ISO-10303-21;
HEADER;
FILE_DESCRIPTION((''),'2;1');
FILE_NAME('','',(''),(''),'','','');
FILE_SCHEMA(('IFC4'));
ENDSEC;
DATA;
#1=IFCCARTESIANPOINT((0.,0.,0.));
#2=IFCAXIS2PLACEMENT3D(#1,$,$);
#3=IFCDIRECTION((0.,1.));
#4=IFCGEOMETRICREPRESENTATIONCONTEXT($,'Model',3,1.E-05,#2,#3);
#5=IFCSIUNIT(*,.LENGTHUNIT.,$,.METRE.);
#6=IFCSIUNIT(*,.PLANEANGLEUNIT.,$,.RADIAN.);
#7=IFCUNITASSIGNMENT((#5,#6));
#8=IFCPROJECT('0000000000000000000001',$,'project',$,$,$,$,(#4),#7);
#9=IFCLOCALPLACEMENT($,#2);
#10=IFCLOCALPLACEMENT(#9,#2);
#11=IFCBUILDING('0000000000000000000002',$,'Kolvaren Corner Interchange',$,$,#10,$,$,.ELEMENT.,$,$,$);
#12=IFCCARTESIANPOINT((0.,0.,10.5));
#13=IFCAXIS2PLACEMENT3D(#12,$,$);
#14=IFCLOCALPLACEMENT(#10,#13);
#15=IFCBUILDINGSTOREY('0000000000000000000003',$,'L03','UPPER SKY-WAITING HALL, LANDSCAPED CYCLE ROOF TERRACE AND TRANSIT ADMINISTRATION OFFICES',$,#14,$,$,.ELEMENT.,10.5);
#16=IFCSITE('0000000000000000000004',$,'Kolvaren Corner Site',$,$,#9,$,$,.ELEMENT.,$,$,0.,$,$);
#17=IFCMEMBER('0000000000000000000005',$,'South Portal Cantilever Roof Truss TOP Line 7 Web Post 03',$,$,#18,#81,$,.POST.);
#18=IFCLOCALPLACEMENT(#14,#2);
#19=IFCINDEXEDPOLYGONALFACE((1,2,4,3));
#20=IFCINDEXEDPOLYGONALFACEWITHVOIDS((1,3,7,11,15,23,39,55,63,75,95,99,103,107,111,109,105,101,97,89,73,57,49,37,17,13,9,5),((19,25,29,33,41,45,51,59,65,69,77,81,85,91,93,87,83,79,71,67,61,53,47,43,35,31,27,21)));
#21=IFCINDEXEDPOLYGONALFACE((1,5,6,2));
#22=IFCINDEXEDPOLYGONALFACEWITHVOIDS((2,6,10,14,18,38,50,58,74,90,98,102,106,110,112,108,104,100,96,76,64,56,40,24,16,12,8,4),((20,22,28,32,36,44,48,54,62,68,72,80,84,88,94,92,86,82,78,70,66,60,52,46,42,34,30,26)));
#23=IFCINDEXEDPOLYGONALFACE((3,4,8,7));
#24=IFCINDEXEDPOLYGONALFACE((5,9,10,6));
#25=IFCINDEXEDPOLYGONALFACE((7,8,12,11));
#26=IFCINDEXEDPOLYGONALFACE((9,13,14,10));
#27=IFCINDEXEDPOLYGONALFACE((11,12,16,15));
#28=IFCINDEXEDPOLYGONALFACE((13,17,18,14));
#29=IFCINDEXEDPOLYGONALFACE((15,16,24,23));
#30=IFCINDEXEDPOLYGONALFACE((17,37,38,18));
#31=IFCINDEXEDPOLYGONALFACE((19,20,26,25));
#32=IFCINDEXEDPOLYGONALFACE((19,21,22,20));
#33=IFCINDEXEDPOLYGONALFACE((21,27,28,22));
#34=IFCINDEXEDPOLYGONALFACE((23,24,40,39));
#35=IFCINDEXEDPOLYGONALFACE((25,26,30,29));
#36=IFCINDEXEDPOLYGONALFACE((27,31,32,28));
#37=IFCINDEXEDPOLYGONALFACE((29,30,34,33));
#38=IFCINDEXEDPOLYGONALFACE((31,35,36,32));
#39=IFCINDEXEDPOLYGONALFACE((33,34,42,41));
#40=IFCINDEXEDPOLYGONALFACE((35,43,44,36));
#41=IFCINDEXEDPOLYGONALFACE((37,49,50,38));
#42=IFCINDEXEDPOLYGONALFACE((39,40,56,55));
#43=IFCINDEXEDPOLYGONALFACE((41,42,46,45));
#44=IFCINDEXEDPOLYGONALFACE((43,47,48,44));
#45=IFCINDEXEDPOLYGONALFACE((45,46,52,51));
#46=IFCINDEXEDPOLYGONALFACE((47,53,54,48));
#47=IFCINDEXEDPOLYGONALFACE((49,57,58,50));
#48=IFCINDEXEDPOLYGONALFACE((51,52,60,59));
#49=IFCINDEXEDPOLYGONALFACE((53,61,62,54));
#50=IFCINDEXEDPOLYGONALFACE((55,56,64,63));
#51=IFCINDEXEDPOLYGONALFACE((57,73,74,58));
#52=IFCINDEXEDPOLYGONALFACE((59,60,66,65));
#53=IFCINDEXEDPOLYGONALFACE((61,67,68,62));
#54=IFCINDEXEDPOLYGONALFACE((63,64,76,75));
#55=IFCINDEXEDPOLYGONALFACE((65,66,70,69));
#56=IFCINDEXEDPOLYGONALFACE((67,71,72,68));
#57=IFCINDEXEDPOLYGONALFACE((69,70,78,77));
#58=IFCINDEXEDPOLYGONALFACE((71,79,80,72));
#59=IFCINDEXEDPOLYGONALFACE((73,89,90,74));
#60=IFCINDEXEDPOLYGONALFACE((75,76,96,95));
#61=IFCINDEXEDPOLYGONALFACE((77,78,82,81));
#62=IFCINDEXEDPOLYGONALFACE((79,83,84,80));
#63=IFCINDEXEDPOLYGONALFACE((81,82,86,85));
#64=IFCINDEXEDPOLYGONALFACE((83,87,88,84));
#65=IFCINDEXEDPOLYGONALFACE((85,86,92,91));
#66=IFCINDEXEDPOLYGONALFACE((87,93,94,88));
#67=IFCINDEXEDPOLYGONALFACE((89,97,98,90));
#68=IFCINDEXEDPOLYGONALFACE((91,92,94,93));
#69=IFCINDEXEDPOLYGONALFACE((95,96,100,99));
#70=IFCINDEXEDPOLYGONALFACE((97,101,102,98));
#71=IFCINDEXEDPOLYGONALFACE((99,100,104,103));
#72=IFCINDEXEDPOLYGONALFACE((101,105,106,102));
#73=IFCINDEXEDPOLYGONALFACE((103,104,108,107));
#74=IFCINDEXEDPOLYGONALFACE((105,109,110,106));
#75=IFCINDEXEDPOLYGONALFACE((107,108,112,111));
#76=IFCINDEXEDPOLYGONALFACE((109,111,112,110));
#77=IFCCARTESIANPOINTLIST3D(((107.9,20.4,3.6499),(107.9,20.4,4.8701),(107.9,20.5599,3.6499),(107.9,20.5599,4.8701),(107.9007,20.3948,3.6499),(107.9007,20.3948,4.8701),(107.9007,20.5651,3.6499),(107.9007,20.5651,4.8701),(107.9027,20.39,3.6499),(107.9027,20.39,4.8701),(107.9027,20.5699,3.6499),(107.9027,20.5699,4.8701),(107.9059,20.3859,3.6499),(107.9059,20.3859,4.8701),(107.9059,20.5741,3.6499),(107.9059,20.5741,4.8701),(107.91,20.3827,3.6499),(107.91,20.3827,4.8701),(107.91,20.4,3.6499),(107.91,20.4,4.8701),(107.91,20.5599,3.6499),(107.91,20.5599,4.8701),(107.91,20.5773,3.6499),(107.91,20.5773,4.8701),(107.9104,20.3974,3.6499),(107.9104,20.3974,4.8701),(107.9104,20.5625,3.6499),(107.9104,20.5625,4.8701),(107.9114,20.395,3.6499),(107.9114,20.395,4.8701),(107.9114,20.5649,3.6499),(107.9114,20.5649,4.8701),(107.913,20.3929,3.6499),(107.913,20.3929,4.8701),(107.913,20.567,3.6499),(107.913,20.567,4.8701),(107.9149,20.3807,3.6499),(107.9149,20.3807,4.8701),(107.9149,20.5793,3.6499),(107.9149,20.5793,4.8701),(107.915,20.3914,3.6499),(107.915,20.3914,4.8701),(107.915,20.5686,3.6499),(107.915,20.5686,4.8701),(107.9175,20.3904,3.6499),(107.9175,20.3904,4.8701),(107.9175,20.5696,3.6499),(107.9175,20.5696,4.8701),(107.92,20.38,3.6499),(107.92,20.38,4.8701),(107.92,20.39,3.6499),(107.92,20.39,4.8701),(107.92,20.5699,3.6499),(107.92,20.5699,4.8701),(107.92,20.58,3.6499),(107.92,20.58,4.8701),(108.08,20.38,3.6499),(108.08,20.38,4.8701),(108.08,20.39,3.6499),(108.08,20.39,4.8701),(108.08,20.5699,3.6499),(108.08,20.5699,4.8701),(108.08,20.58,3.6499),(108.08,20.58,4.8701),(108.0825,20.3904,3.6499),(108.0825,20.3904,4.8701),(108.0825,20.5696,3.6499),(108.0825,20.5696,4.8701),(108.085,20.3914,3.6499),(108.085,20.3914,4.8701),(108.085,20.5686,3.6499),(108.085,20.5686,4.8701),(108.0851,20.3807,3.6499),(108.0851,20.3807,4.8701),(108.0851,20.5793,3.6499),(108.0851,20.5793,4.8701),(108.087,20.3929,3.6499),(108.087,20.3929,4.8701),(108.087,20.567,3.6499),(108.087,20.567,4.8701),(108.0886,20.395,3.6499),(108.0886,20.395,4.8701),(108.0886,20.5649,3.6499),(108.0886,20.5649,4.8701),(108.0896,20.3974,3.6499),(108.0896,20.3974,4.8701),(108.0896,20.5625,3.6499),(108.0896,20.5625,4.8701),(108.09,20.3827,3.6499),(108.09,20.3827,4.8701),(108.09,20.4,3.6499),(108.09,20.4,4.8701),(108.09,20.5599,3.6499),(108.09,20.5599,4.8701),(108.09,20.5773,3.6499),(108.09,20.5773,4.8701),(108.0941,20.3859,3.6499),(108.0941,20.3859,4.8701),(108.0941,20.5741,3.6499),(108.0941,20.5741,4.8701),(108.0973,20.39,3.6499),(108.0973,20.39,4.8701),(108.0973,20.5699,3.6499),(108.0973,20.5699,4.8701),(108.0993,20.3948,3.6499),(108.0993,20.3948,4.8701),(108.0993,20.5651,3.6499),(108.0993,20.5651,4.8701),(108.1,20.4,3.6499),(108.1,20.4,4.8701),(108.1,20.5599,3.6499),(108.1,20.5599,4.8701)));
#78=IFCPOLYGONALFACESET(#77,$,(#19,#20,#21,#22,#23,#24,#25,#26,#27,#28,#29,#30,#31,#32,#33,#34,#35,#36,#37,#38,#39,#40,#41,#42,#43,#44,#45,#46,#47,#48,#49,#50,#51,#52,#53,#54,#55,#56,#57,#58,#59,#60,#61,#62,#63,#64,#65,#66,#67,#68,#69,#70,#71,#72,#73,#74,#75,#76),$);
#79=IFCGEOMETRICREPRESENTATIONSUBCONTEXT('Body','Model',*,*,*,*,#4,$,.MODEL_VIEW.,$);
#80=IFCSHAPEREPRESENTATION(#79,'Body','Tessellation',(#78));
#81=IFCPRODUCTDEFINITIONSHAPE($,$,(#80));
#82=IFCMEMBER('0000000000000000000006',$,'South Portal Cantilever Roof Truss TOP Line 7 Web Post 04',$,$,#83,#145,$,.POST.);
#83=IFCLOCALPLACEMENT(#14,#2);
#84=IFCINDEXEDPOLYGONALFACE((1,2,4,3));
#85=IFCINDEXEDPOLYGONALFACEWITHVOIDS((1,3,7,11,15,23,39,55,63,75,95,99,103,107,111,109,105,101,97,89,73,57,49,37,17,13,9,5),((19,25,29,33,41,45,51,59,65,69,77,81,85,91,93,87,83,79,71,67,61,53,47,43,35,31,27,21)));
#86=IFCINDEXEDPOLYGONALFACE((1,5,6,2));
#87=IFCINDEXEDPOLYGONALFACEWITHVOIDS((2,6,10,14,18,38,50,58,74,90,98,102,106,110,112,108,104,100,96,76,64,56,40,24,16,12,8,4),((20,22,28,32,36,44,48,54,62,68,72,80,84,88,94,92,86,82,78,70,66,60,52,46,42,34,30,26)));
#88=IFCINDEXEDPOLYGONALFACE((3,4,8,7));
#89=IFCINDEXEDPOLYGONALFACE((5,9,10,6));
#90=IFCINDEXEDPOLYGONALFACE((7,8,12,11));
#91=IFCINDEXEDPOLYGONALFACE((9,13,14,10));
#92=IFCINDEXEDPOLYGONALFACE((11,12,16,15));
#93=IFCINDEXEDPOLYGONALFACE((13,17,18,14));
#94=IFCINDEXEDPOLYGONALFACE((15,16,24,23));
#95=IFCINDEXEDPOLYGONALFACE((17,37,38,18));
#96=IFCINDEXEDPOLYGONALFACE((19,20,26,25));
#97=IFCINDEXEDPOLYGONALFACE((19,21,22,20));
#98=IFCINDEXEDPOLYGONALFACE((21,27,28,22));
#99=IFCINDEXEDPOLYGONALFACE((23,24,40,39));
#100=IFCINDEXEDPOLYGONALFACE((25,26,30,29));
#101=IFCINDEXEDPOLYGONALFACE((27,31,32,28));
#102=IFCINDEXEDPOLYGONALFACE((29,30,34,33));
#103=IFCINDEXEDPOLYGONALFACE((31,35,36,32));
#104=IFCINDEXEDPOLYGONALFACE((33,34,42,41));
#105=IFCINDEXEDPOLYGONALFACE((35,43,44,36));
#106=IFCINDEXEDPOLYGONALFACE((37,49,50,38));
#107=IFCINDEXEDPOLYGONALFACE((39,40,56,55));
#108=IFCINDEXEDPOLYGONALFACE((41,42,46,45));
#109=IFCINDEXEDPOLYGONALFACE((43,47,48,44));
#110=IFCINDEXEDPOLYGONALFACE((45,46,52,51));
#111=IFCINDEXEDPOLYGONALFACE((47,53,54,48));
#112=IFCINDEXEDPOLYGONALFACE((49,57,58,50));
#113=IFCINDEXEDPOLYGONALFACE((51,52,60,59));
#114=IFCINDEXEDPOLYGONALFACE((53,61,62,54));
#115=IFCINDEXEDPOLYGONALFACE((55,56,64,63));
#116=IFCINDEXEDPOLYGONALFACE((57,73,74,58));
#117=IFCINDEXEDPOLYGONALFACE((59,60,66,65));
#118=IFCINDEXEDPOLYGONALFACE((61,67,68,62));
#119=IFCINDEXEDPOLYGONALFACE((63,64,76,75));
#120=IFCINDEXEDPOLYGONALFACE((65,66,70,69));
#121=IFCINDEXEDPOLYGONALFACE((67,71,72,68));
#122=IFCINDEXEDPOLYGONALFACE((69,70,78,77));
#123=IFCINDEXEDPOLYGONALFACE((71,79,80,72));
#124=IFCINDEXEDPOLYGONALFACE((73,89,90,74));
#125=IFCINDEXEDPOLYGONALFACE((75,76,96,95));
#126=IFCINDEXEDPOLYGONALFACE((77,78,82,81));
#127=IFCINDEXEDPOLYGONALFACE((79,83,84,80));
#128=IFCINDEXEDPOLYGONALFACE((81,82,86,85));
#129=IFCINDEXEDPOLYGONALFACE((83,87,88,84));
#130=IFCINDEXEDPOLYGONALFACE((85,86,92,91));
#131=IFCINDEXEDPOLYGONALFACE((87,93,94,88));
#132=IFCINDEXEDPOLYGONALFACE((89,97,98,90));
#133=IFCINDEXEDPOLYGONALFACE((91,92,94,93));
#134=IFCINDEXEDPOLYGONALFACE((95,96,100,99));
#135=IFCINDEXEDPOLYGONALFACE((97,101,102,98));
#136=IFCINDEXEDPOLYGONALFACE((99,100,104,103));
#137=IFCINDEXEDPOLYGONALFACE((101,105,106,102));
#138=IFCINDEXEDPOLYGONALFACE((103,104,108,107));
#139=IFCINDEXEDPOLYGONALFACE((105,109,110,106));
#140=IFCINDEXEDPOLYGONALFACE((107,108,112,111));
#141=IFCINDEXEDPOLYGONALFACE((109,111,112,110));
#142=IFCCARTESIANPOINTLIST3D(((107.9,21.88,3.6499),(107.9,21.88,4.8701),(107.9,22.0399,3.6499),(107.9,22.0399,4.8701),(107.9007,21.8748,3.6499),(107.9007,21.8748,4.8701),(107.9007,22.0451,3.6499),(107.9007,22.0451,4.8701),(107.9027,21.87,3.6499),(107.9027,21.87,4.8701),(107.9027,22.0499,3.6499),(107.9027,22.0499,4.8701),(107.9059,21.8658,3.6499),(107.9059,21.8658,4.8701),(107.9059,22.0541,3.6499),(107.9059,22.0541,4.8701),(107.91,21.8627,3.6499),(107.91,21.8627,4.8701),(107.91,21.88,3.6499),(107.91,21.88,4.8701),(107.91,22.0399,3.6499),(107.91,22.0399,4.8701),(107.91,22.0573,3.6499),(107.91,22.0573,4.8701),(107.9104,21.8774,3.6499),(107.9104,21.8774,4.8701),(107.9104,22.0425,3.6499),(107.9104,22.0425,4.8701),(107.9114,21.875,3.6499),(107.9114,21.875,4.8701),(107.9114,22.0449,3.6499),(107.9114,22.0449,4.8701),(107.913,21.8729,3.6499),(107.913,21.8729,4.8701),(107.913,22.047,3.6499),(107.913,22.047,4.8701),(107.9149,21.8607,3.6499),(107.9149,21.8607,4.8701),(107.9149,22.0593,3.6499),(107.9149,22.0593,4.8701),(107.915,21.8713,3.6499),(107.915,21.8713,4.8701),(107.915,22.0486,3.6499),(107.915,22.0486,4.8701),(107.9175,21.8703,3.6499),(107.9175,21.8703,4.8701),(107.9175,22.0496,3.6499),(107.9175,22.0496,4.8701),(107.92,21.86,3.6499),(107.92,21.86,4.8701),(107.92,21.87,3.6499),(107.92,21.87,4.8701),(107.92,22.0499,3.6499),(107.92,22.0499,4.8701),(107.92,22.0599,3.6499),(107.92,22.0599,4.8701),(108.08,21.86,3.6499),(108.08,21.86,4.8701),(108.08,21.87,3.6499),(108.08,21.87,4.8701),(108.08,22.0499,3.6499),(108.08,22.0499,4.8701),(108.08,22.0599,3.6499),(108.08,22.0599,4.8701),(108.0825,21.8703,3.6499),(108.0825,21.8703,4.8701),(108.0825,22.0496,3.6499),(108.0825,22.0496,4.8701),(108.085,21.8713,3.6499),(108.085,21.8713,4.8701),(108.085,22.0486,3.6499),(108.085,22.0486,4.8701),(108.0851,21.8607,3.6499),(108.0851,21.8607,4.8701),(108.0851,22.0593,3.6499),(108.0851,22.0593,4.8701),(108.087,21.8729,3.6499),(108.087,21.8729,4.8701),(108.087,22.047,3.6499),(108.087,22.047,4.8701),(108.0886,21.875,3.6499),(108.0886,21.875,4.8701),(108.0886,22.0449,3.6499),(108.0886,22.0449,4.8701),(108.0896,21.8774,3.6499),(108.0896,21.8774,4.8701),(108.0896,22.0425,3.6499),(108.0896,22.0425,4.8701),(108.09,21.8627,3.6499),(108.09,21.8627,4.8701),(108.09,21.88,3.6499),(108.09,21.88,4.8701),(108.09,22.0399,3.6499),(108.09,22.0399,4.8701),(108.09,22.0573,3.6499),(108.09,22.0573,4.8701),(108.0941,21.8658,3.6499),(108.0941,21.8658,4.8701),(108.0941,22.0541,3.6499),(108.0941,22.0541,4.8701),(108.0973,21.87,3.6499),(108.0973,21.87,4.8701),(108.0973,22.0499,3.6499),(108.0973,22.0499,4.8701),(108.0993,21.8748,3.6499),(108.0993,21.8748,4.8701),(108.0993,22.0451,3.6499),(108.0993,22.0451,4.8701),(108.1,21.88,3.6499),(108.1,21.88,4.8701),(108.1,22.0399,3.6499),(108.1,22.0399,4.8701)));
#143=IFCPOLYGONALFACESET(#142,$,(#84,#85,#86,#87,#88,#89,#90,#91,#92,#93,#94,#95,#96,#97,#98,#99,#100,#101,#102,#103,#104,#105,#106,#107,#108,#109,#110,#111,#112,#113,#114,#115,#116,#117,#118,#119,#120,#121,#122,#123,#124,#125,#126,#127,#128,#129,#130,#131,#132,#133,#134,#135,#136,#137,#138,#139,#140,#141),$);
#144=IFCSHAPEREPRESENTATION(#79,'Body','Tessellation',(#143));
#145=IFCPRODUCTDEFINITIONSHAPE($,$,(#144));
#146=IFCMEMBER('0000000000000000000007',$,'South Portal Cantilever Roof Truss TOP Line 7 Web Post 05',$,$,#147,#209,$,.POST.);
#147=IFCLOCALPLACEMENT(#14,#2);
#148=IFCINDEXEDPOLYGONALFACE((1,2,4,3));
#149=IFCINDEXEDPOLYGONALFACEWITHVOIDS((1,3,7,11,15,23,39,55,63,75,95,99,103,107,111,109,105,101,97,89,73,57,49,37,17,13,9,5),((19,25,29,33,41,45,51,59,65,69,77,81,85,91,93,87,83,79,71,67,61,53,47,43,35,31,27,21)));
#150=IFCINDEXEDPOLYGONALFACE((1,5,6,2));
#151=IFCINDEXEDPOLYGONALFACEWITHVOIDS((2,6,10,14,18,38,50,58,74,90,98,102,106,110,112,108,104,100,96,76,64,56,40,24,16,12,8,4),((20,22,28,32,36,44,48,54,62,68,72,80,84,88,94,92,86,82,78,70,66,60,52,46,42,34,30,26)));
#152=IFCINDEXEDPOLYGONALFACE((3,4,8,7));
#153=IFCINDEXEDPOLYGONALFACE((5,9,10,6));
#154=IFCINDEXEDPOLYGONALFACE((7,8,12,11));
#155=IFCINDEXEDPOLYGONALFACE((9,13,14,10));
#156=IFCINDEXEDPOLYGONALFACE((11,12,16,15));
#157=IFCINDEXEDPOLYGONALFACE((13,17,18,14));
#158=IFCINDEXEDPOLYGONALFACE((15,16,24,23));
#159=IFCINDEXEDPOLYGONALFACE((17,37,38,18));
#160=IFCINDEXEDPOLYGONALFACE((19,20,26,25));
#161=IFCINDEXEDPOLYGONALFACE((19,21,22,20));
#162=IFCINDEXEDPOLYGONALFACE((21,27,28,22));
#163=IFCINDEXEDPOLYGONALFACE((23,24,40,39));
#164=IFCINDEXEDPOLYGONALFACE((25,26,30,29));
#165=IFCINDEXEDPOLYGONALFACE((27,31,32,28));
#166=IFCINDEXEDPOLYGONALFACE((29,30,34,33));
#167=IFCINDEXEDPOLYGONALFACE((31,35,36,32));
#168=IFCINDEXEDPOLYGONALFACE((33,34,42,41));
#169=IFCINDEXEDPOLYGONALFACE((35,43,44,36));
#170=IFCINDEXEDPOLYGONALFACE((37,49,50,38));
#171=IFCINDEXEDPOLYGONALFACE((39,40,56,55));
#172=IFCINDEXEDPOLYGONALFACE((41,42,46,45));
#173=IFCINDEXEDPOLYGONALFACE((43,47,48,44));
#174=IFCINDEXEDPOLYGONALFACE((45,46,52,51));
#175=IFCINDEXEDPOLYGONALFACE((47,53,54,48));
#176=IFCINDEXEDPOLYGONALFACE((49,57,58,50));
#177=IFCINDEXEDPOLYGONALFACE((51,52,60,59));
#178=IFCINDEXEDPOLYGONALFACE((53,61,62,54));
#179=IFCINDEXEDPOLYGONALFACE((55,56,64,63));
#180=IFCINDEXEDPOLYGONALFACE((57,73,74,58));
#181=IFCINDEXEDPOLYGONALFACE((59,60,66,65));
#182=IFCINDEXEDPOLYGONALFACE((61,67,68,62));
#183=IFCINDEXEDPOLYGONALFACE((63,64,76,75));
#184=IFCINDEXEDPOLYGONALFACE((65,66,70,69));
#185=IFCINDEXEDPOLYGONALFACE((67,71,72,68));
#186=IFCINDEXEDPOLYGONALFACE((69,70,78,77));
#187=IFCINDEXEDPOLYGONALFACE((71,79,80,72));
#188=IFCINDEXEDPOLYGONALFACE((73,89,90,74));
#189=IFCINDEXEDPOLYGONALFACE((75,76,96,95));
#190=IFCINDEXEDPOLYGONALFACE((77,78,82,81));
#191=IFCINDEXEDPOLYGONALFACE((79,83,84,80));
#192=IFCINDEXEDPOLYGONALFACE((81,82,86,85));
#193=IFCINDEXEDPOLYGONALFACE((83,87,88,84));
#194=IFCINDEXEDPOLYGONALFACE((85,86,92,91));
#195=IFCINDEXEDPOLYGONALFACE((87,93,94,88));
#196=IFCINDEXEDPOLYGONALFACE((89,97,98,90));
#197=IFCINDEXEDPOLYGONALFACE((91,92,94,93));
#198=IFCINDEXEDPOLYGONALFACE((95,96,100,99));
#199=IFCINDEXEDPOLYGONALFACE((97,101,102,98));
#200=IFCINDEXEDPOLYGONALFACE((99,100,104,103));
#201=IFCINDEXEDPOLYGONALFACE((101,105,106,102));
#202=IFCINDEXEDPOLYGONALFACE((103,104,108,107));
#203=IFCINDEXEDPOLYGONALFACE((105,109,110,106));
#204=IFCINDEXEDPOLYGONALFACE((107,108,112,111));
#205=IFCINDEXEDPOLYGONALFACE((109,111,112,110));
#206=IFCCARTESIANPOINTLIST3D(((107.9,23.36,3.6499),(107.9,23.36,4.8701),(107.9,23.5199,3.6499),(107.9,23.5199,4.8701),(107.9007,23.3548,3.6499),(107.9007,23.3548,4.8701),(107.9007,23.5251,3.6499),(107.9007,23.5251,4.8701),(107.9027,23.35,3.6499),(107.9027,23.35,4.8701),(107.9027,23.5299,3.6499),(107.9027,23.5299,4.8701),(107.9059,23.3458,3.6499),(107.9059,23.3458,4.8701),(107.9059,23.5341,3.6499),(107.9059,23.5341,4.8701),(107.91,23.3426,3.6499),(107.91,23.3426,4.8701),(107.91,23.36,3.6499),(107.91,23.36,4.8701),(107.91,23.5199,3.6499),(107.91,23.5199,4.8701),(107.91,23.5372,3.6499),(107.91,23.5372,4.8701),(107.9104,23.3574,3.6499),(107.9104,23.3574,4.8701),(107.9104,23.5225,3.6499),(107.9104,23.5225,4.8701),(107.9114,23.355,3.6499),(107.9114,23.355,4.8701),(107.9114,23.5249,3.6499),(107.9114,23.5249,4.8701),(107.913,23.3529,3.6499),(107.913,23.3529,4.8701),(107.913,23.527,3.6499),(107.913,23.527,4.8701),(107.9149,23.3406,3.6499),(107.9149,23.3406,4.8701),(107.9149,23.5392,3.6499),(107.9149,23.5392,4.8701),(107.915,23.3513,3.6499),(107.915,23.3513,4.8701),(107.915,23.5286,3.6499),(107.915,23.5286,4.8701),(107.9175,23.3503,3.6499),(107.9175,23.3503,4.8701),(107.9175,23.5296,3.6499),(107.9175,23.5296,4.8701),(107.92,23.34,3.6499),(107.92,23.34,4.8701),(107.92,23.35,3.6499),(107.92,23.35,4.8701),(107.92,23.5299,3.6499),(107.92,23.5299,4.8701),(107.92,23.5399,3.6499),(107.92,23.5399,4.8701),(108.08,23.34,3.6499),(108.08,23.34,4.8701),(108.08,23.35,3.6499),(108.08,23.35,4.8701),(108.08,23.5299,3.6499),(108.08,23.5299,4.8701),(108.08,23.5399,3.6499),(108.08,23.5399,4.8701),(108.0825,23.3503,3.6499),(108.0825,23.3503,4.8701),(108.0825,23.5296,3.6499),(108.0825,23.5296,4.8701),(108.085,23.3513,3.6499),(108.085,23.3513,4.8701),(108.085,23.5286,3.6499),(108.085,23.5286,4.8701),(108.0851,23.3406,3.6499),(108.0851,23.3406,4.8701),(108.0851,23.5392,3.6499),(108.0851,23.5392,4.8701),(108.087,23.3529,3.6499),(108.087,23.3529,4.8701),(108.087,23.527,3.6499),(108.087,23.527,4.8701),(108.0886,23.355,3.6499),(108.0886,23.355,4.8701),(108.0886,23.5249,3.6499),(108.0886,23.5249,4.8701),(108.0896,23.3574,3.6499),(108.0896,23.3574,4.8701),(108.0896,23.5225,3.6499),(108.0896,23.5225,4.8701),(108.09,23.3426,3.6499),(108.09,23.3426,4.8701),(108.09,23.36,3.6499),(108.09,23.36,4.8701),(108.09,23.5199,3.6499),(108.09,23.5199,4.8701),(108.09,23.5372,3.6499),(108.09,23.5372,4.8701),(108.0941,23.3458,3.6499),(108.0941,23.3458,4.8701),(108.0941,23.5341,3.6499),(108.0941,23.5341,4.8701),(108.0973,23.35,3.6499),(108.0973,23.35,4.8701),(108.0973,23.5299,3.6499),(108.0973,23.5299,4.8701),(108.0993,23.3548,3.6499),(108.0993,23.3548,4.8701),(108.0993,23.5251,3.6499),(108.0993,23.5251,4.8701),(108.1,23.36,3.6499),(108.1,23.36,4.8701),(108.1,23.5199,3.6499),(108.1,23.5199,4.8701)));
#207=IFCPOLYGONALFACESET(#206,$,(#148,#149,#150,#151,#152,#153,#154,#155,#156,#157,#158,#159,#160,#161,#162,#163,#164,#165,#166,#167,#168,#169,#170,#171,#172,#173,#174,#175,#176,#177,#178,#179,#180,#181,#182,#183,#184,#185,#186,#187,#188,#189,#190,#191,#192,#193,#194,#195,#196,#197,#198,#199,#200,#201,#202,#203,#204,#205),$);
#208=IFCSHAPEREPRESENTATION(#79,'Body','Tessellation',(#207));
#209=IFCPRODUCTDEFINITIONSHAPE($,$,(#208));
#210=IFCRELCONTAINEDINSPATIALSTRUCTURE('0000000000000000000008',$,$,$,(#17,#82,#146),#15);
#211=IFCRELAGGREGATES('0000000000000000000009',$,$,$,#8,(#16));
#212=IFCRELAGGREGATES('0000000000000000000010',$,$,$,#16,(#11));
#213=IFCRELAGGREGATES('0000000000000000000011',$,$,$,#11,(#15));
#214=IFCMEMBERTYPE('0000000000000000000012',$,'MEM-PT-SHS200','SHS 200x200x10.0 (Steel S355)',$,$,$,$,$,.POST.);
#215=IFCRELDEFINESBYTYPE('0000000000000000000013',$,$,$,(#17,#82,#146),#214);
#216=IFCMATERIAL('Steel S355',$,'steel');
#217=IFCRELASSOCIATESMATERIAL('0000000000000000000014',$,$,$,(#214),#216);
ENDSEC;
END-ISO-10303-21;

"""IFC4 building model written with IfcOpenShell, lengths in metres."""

from ifc_helpers import new_model, si_unit, direction, frame, origin, origin_2d, place, context, subcontext, project, spatial, hollow_rectangle, extrude, material, material_profile, profile_set, type_object, element, save


model = new_model("IFC4")

# Units and contexts
model_context = context("Model", 3, precision=1e-05, world=origin(), true_north=direction((0.0, 1.0)))
body_context = subcontext(model_context, "Body", "Model", "MODEL_VIEW")
ifc_project = project(units=[si_unit("LENGTHUNIT", "METRE"), si_unit("PLANEANGLEUNIT", "RADIAN")], contexts=[model_context])

# Site, building, storey
site_placement = place(None, origin())
site = spatial("IfcSite", under=ifc_project, at=site_placement, Name="Kolvaren Corner Site", CompositionType="ELEMENT", RefElevation=0.0)
building_placement = place(site_placement, origin())
building = spatial("IfcBuilding", under=site, at=building_placement, Name="Kolvaren Corner Interchange", CompositionType="ELEMENT")
storey_placement = place(building_placement, frame((0.0, 0.0, 10.5)))
storey = spatial("IfcBuildingStorey", under=building, at=storey_placement, Name="L03", Description="UPPER SKY-WAITING HALL, LANDSCAPED CYCLE ROOF TERRACE AND TRANSIT ADMINISTRATION OFFICES", CompositionType="ELEMENT", Elevation=10.5)

# Members
ifc_material_1 = material(Name="Steel S355", Category="steel")
ifc_material_profile_1 = material_profile(ifc_material_1, hollow_rectangle(XDim=0.2, YDim=0.2, WallThickness=0.01, InnerFilletRadius=0.01, OuterFilletRadius=0.02, at=origin_2d()), Name="SHS 200x200x10.0")
ifc_profile_set_1 = profile_set([ifc_material_profile_1], Name="Steel S355")
member_type_1 = type_object("IfcMemberType", Name="MEM-PT-SHS200", Description="SHS 200x200x10.0 (Steel S355)", PredefinedType="POST", material=ifc_profile_set_1)
for number, where, z_axis, x_axis, name in (
    (1, (108.0, 20.48, 3.6499), (0.0, 0.0, 1.0), (1.0, 0.0, 0.0), "South Portal Cantilever Roof Truss TOP Line 7 Web Post 03"),
    (2, (108.0, 21.96, 3.6499), (0.0, 0.0, 1.0), (1.0, 0.0, 0.0), "South Portal Cantilever Roof Truss TOP Line 7 Web Post 04"),
    (3, (108.0, 23.4399, 3.6499), (0.0, 0.0, 1.0), (1.0, 0.0, 0.0), "South Portal Cantilever Roof Truss TOP Line 7 Web Post 05"),
):
    element("IfcMember", number, at=place(storey_placement, frame(where, z_axis=z_axis, x_axis=x_axis)), inside=storey, type_object=member_type_1, Name=name, PredefinedType="POST", context=body_context, shape_type="SweptSolid", body=[
        extrude(hollow_rectangle(XDim=0.2, YDim=0.2, WallThickness=0.01, InnerFilletRadius=0.01, OuterFilletRadius=0.02, at=origin_2d()), origin(), (0.0, 0.0, 1.0), 1.2202),
    ])

save(model, "model.ifc")
